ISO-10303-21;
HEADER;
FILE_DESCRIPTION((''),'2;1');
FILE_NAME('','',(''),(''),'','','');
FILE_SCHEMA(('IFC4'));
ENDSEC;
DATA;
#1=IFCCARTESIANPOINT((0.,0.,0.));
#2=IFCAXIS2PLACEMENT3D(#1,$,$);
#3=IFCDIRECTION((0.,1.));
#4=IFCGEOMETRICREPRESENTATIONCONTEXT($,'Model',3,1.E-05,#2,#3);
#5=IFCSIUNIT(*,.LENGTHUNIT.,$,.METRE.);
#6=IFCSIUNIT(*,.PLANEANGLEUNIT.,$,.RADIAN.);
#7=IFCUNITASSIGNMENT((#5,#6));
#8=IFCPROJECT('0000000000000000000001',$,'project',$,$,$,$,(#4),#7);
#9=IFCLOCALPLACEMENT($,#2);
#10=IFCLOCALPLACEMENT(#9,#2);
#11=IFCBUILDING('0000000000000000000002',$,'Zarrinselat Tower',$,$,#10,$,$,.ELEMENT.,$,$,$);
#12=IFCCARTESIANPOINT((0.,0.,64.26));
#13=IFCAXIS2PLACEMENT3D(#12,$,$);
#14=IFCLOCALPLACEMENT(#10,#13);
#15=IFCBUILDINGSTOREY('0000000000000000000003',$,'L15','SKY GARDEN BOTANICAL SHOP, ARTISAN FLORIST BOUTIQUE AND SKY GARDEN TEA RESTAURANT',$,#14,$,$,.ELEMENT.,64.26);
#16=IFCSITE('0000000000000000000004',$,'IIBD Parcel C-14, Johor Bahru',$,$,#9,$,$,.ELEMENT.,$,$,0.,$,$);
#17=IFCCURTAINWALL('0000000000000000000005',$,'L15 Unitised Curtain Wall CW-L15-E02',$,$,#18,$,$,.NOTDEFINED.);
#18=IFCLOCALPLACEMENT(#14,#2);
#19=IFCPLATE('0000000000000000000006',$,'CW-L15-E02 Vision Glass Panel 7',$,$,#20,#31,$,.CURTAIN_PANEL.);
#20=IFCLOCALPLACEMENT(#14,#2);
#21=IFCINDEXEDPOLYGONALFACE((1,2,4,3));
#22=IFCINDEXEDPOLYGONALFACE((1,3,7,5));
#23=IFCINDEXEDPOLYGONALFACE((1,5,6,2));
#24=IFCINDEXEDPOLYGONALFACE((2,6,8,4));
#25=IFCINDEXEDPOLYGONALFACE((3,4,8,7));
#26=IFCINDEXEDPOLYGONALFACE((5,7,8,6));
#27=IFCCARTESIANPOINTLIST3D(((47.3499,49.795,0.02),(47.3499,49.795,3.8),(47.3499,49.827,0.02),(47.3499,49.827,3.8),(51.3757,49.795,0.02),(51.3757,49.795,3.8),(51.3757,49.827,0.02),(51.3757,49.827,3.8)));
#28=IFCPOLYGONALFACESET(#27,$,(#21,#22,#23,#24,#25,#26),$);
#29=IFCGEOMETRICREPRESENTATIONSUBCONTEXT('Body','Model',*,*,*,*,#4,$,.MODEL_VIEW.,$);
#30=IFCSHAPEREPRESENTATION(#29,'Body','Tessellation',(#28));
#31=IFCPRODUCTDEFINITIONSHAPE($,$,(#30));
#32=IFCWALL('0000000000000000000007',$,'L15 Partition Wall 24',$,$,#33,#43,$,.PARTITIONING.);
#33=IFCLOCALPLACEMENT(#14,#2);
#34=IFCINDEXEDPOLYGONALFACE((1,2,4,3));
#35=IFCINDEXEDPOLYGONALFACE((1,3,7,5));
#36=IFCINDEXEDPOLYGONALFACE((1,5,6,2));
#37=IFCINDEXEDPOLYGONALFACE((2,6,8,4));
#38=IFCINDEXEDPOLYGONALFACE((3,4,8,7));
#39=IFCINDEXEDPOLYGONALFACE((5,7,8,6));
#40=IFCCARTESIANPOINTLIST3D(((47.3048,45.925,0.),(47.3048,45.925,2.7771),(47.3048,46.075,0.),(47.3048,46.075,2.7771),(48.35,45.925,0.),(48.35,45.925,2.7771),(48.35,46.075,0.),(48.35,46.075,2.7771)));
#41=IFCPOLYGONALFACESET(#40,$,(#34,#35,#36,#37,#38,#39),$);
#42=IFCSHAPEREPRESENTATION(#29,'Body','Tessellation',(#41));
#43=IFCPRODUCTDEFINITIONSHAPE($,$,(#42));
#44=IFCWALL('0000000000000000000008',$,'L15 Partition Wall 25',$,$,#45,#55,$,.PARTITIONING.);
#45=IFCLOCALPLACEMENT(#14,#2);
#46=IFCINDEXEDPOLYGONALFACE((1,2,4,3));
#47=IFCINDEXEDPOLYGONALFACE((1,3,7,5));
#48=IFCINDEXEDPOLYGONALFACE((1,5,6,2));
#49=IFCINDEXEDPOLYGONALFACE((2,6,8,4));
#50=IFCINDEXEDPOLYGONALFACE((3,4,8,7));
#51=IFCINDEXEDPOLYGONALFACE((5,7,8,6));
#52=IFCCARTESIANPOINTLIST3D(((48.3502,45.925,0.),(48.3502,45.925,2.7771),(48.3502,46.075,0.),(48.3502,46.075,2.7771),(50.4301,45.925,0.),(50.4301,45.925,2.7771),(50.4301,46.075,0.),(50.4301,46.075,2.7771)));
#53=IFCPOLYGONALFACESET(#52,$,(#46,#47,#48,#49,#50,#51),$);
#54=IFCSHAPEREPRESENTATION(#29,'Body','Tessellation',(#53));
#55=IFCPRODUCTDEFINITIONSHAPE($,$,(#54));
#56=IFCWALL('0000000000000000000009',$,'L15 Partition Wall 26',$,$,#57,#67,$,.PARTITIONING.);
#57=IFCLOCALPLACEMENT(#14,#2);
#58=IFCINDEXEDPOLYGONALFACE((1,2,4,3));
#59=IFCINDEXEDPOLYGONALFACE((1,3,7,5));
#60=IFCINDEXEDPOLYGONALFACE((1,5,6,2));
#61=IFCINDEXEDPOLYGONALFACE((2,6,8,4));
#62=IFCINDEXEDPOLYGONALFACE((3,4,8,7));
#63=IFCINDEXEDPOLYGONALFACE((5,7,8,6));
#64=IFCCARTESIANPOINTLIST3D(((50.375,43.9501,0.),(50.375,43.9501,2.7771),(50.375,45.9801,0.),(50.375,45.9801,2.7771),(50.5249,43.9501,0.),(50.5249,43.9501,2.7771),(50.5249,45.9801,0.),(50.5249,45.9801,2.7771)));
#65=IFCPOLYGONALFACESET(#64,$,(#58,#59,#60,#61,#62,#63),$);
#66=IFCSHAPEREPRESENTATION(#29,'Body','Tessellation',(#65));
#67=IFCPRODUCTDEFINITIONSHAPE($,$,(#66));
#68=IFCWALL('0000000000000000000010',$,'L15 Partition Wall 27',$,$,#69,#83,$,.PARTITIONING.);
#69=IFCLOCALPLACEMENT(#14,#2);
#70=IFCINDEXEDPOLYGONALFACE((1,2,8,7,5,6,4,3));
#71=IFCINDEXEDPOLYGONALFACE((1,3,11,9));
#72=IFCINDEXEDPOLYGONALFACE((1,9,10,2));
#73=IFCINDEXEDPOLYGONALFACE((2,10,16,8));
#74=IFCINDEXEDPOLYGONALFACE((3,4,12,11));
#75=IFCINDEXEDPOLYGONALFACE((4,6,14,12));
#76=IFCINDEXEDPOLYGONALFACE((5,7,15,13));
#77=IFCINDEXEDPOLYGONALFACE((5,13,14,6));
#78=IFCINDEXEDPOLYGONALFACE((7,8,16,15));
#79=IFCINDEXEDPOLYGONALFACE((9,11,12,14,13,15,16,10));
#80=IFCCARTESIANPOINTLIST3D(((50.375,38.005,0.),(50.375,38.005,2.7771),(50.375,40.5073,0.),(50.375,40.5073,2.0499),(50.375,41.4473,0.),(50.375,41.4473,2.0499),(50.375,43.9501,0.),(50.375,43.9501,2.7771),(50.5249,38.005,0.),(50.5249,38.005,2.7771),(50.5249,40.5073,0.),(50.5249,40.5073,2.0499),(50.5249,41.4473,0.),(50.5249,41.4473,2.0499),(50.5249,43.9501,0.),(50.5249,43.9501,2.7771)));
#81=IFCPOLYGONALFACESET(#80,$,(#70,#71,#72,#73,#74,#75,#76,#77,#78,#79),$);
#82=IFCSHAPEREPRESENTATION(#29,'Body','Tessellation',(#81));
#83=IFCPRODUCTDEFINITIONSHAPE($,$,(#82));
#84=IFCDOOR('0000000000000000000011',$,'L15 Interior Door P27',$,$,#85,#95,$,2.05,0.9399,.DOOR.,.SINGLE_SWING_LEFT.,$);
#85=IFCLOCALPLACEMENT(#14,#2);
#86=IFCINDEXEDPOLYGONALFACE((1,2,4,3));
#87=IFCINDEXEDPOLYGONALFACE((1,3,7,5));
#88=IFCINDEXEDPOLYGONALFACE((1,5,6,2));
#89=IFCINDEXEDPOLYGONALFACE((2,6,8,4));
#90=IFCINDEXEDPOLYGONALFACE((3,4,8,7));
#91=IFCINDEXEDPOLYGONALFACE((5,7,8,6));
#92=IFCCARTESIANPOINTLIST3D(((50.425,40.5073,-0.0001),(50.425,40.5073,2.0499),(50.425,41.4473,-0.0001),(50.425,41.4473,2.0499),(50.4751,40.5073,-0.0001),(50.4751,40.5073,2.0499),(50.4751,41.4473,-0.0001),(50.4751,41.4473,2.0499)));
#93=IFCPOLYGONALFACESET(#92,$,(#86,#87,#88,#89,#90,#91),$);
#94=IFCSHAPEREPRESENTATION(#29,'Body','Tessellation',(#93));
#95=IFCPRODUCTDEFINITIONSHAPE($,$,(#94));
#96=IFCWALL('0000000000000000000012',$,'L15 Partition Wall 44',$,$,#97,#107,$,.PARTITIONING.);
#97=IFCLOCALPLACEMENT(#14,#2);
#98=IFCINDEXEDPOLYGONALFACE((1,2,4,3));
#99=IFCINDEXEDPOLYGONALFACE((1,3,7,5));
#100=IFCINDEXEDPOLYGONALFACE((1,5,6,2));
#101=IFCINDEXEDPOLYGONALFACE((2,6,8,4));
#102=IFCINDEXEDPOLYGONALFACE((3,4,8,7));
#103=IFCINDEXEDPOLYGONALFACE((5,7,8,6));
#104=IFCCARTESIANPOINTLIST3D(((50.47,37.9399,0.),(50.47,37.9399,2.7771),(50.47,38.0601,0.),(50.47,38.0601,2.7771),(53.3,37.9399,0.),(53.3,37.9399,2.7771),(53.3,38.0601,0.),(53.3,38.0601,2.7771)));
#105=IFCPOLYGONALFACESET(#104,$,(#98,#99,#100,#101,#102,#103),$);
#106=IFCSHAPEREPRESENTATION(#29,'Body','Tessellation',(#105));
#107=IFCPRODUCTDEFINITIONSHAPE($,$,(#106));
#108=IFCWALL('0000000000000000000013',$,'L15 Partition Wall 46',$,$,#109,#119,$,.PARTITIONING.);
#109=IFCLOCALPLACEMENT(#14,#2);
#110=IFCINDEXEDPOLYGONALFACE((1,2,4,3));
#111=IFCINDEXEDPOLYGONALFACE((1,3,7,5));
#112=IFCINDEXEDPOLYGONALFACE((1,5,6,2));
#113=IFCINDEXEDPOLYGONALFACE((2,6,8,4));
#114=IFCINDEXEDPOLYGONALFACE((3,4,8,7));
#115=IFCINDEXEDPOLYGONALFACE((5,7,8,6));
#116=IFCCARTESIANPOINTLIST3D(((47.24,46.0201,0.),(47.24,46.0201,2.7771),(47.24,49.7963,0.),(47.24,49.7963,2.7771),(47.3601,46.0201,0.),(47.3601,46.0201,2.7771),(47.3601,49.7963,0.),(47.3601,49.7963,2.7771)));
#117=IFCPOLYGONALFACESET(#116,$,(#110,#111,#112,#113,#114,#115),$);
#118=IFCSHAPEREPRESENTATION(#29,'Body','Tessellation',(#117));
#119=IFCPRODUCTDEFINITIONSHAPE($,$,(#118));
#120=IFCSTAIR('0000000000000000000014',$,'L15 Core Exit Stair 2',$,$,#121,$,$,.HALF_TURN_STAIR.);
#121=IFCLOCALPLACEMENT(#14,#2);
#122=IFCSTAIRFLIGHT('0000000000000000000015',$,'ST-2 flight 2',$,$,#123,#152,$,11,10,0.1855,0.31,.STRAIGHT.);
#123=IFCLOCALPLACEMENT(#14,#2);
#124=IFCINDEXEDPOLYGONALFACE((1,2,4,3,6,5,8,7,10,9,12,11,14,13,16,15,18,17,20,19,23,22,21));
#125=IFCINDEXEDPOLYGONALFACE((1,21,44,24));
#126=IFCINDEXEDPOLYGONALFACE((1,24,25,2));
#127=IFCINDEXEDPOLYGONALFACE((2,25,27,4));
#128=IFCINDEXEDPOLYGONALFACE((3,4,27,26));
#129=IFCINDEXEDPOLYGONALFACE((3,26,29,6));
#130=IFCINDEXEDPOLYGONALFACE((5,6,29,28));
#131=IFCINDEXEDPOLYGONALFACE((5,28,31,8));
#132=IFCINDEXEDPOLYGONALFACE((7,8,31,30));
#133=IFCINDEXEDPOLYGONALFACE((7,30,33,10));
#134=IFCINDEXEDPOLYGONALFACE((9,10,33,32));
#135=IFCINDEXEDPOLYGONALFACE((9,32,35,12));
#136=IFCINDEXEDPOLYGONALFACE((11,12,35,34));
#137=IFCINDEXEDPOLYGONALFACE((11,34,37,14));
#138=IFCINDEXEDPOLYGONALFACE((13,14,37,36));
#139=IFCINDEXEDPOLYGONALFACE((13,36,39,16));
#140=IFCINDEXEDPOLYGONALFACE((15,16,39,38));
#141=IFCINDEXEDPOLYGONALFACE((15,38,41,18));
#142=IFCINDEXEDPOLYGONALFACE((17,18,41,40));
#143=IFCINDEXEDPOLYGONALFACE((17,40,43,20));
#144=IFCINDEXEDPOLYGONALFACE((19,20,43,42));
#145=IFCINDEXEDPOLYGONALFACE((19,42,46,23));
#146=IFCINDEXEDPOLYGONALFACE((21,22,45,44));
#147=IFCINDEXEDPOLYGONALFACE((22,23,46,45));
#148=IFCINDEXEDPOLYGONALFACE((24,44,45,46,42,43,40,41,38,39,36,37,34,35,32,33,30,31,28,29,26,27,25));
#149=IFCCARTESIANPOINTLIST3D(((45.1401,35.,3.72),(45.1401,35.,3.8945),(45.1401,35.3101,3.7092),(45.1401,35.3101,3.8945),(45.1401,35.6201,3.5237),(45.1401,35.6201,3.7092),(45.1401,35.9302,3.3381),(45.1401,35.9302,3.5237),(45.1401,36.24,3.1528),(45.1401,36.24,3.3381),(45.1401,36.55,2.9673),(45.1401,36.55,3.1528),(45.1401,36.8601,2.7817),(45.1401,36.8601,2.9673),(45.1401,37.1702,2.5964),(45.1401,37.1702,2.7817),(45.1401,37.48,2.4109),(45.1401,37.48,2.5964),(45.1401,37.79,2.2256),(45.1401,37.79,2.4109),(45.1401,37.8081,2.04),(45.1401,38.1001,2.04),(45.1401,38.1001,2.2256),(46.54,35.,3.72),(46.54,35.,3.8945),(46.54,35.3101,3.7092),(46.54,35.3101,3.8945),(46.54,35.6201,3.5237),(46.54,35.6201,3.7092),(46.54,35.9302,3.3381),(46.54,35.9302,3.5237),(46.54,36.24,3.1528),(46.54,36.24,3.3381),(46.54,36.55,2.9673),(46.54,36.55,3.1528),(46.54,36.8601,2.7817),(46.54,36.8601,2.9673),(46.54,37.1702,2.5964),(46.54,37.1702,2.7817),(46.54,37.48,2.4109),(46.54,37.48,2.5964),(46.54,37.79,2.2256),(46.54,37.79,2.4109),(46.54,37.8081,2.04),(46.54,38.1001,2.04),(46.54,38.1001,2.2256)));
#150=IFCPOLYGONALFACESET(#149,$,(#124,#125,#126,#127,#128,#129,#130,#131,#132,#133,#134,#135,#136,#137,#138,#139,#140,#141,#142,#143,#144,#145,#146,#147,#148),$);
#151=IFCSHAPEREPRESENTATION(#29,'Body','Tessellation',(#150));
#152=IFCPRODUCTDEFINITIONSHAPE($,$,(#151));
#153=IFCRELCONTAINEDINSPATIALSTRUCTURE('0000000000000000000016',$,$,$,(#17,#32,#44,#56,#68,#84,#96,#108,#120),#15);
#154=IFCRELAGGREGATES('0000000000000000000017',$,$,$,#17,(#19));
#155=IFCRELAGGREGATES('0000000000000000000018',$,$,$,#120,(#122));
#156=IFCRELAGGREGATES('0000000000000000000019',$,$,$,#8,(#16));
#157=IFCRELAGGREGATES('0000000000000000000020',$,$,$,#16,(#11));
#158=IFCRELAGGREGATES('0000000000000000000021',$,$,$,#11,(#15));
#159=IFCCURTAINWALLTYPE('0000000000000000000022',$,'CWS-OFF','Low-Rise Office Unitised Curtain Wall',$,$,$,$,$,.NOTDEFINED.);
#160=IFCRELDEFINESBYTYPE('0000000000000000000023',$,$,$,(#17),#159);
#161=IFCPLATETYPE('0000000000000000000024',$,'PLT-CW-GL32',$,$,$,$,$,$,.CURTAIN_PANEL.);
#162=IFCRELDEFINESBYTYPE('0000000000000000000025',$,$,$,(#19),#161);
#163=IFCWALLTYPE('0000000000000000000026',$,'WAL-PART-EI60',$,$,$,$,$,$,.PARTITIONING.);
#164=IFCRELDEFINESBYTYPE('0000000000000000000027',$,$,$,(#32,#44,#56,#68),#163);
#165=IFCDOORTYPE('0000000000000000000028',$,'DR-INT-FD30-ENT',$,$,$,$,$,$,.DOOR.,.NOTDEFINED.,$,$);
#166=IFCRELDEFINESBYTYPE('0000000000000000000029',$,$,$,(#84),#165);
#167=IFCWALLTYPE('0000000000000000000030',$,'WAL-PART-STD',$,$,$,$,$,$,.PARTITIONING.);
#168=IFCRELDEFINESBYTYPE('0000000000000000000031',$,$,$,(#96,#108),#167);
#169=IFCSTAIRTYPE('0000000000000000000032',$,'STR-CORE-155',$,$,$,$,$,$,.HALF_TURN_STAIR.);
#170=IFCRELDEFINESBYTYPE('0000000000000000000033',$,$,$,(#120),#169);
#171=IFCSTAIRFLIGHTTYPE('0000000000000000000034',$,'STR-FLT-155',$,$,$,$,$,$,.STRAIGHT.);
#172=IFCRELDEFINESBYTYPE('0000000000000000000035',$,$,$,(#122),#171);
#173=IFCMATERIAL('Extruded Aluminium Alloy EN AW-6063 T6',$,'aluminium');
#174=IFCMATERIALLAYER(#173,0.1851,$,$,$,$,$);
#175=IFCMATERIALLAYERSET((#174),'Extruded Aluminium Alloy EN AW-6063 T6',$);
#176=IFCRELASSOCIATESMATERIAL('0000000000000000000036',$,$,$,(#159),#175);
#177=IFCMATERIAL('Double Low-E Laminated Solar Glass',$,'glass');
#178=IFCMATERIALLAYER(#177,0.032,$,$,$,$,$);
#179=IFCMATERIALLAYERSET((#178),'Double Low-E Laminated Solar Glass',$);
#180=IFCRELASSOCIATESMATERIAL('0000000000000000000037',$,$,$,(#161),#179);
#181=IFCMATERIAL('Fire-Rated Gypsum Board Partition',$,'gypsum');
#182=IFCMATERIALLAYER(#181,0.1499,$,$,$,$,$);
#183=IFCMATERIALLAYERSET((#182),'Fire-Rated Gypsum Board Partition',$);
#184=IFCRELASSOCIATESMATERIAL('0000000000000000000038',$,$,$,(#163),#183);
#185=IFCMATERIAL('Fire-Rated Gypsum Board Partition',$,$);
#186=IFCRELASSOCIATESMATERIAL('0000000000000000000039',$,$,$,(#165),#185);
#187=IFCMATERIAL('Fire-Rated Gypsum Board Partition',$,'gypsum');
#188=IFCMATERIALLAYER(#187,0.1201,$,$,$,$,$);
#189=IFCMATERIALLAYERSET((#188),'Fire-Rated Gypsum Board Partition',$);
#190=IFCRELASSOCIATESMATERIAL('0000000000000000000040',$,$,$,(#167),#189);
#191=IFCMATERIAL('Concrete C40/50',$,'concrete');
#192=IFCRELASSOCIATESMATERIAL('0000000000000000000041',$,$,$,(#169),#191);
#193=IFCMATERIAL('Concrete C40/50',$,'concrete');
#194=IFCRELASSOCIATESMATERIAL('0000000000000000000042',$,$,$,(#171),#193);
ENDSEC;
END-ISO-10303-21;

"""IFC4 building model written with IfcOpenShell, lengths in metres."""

from ifc_helpers import new_model, si_unit, direction, frame, frame_2d, origin, origin_2d, place, context, subcontext, project, spatial, polyline, rectangle, outline, extrude, material, layer, layer_set, type_object, element, fill, aggregate, save


model = new_model("IFC4")

# Units and contexts
model_context = context("Model", 3, precision=1e-05, world=origin(), true_north=direction((0.0, 1.0)))
body_context = subcontext(model_context, "Body", "Model", "MODEL_VIEW")
ifc_project = project(units=[si_unit("LENGTHUNIT", "METRE"), si_unit("PLANEANGLEUNIT", "RADIAN")], contexts=[model_context])

# Site, building, storey
site_placement = place(None, origin())
site = spatial("IfcSite", under=ifc_project, at=site_placement, Name="IIBD Parcel C-14, Johor Bahru", CompositionType="ELEMENT", RefElevation=0.0)
building_placement = place(site_placement, origin())
building = spatial("IfcBuilding", under=site, at=building_placement, Name="Zarrinselat Tower", CompositionType="ELEMENT")
storey_placement = place(building_placement, frame((0.0, 0.0, 64.26)))
storey = spatial("IfcBuildingStorey", under=building, at=storey_placement, Name="L15", Description="SKY GARDEN BOTANICAL SHOP, ARTISAN FLORIST BOUTIQUE AND SKY GARDEN TEA RESTAURANT", CompositionType="ELEMENT", Elevation=64.26)

# Curtain wall, plate
ifc_material_1 = material(Name="Extruded Aluminium Alloy EN AW-6063 T6", Category="aluminium")
ifc_layer_1 = layer(ifc_material_1, 0.1851)
ifc_layer_set_1 = layer_set([ifc_layer_1], Name="Extruded Aluminium Alloy EN AW-6063 T6")
curtain_wall_type = type_object("IfcCurtainWallType", Name="CWS-OFF", Description="Low-Rise Office Unitised Curtain Wall", PredefinedType="NOTDEFINED", material=ifc_layer_set_1)
curtain_wall_placement = place(storey_placement, origin())
curtain_wall = element("IfcCurtainWall", 1, at=curtain_wall_placement, inside=storey, type_object=curtain_wall_type, Name="L15 Unitised Curtain Wall CW-L15-E02", PredefinedType="NOTDEFINED")
ifc_material_2 = material(Name="Double Low-E Laminated Solar Glass", Category="glass")
ifc_layer_2 = layer(ifc_material_2, 0.032)
ifc_layer_set_2 = layer_set([ifc_layer_2], Name="Double Low-E Laminated Solar Glass")
plate_type = type_object("IfcPlateType", Name="PLT-CW-GL32", PredefinedType="CURTAIN_PANEL", material=ifc_layer_set_2)
plate_1_placement = place(storey_placement, frame((49.3628, 49.811, 0.02), z_axis=(0.0, 0.0, 1.0), x_axis=(1.0, 0.0, 0.0)))
plate_1 = element("IfcPlate", 2, at=plate_1_placement, type_object=plate_type, Name="CW-L15-E02 Vision Glass Panel 7", PredefinedType="CURTAIN_PANEL", context=body_context, shape_type="SweptSolid", body=[
    extrude(rectangle(XDim=4.0259, YDim=0.032, at=origin_2d()), origin(), (0.0, 0.0, 1.0), 3.78),
])
aggregate(curtain_wall, [plate_1])

# Walls
ifc_material_3 = material(Name="Fire-Rated Gypsum Board Partition", Category="gypsum")
ifc_layer_3 = layer(ifc_material_3, 0.1499)
ifc_layer_set_3 = layer_set([ifc_layer_3], Name="Fire-Rated Gypsum Board Partition")
wall_type_1 = type_object("IfcWallType", Name="WAL-PART-EI60", PredefinedType="PARTITIONING", material=ifc_layer_set_3)
wall_1_placement = place(storey_placement, frame((47.3049, 46.0, 0.0), z_axis=(0.0, 0.0, 1.0), x_axis=(1.0, 0.0, 0.0)))
element("IfcWall", 3, at=wall_1_placement, inside=storey, type_object=wall_type_1, Name="L15 Partition Wall 24", PredefinedType="PARTITIONING", context=body_context, shape_type="SweptSolid", body=[
    extrude(rectangle(XDim=1.0452, YDim=0.1499, at=frame_2d((0.5225, 0.0))), origin(), (0.0, 0.0, 1.0), 2.7771),
])
wall_2_placement = place(storey_placement, frame((48.3501, 46.0, 0.0), z_axis=(0.0, 0.0, 1.0), x_axis=(1.0, 0.0, 0.0)))
element("IfcWall", 4, at=wall_2_placement, inside=storey, type_object=wall_type_1, Name="L15 Partition Wall 25", PredefinedType="PARTITIONING", context=body_context, shape_type="SweptSolid", body=[
    extrude(rectangle(XDim=2.0798, YDim=0.1499, at=frame_2d((1.04, 0.0))), origin(), (0.0, 0.0, 1.0), 2.7771),
])
wall_3_placement = place(storey_placement, frame((50.45, 43.95, 0.0), z_axis=(0.0, 0.0, 1.0), x_axis=(0.0, 1.0, 0.0)))
element("IfcWall", 5, at=wall_3_placement, inside=storey, type_object=wall_type_1, Name="L15 Partition Wall 26", PredefinedType="PARTITIONING", context=body_context, shape_type="SweptSolid", body=[
    extrude(rectangle(XDim=2.03, YDim=0.1499, at=frame_2d((1.0151, 0.0))), origin(), (0.0, 0.0, 1.0), 2.7771),
])

# Wall, opening, door
wall_4_placement = place(storey_placement, frame((50.45, 38.0049, 0.0), z_axis=(0.0, 0.0, 1.0), x_axis=(0.0, 1.0, 0.0)))
wall_4 = element("IfcWall", 6, at=wall_4_placement, inside=storey, type_object=wall_type_1, Name="L15 Partition Wall 27", PredefinedType="PARTITIONING", context=body_context, shape_type="SweptSolid", body=[
    extrude(rectangle(XDim=5.9451, YDim=0.1499, at=frame_2d((2.9727, 0.0))), origin(), (0.0, 0.0, 1.0), 2.7771),
])
opening_placement = place(wall_4_placement, frame((2.5024, 0.0, 0.0)))
opening = element("IfcOpeningElement", 7, at=opening_placement, cuts=wall_4, PredefinedType="OPENING", context=body_context, shape_type="SweptSolid", body=[
    extrude(rectangle(XDim=0.9399, YDim=2.05, at=frame_2d((0.47, 1.0249))), frame((0.0, 0.085, 0.0), z_axis=(0.0, -1.0, 0.0), x_axis=(1.0, 0.0, 0.0)), (0.0, 0.0, 1.0), 0.1699),
])
ifc_material_4 = material(Name="Fire-Rated Gypsum Board Partition")
door_type = type_object("IfcDoorType", Name="DR-INT-FD30-ENT", OperationType="NOTDEFINED", PredefinedType="DOOR", material=ifc_material_4)
door_placement = place(opening_placement, origin())
door = element("IfcDoor", 8, at=door_placement, inside=storey, type_object=door_type, Name="L15 Interior Door P27", OperationType="SINGLE_SWING_LEFT", OverallHeight=2.05, OverallWidth=0.9399, PredefinedType="DOOR", context=body_context, shape_type="SweptSolid", body=[
    extrude(rectangle(XDim=0.9399, YDim=2.05, at=frame_2d((0.47, 1.0249))), frame((0.0, 0.0249, 0.0), z_axis=(0.0, -1.0, 0.0), x_axis=(1.0, 0.0, 0.0)), (0.0, 0.0, 1.0), 0.05),
])
fill(opening, door)

# Walls
ifc_material_5 = material(Name="Fire-Rated Gypsum Board Partition", Category="gypsum")
ifc_layer_4 = layer(ifc_material_5, 0.1201)
ifc_layer_set_4 = layer_set([ifc_layer_4], Name="Fire-Rated Gypsum Board Partition")
wall_type_2 = type_object("IfcWallType", Name="WAL-PART-STD", PredefinedType="PARTITIONING", material=ifc_layer_set_4)
wall_5_placement = place(storey_placement, frame((50.47, 38.0, 0.0), z_axis=(0.0, 0.0, 1.0), x_axis=(1.0, 0.0, 0.0)))
element("IfcWall", 9, at=wall_5_placement, inside=storey, type_object=wall_type_2, Name="L15 Partition Wall 44", PredefinedType="PARTITIONING", context=body_context, shape_type="SweptSolid", body=[
    extrude(rectangle(XDim=2.8301, YDim=0.1201, at=frame_2d((1.415, 0.0))), origin(), (0.0, 0.0, 1.0), 2.7771),
])
wall_6_placement = place(storey_placement, frame((47.3, 46.02, 0.0), z_axis=(0.0, 0.0, 1.0), x_axis=(0.0, 1.0, 0.0)))
element("IfcWall", 10, at=wall_6_placement, inside=storey, type_object=wall_type_2, Name="L15 Partition Wall 46", PredefinedType="PARTITIONING", context=body_context, shape_type="SweptSolid", body=[
    extrude(rectangle(XDim=3.7761, YDim=0.1201, at=frame_2d((1.8882, 0.0))), origin(), (0.0, 0.0, 1.0), 2.7771),
])

# Stair, stair flight
ifc_material_6 = material(Name="Concrete C40/50", Category="concrete")
stair_type = type_object("IfcStairType", Name="STR-CORE-155", PredefinedType="HALF_TURN_STAIR", material=ifc_material_6)
stair_placement = place(storey_placement, origin())
stair = element("IfcStair", 11, at=stair_placement, inside=storey, type_object=stair_type, Name="L15 Core Exit Stair 2", PredefinedType="HALF_TURN_STAIR")
ifc_material_7 = material(Name="Concrete C40/50", Category="concrete")
stair_flight_type = type_object("IfcStairFlightType", Name="STR-FLT-155", PredefinedType="STRAIGHT", material=ifc_material_7)
stair_flight_placement = place(storey_placement, frame((45.8401, 38.1001, 2.04), z_axis=(0.0, 0.0, 1.0), x_axis=(0.0, -1.0, 0.0)))
stair_flight = element("IfcStairFlight", 12, at=stair_flight_placement, type_object=stair_flight_type, Name="ST-2 flight 2", NumberOfRisers=11, NumberOfTreads=10, PredefinedType="STRAIGHT", RiserHeight=0.1855, TreadLength=0.31, context=body_context, shape_type="SweptSolid", body=[
    extrude(outline(polyline([(0.0, 0.0), (0.0, 0.1855), (0.3101, 0.1855), (0.3101, 0.3708), (0.6201, 0.3708), (0.6201, 0.5564), (0.9299, 0.5564), (0.9299, 0.7417), (1.24, 0.7417), (1.24, 0.9272), (1.55, 0.9272), (1.55, 1.1128), (1.8601, 1.1128), (1.8601, 1.2981), (2.1699, 1.2981), (2.1699, 1.4836), (2.48, 1.4836), (2.48, 1.6692), (2.79, 1.6692), (2.79, 1.8545), (3.1001, 1.8545), (3.1001, 2.04), (3.1001, 1.6799), (0.292, 0.0), (0.0, 0.0)])), frame((0.0, 0.7, 0.0), z_axis=(0.0, -1.0, 0.0), x_axis=(1.0, 0.0, 0.0)), (0.0, 0.0, 1.0), 1.3999),
])
aggregate(stair, [stair_flight])

save(model, "model.ifc")
